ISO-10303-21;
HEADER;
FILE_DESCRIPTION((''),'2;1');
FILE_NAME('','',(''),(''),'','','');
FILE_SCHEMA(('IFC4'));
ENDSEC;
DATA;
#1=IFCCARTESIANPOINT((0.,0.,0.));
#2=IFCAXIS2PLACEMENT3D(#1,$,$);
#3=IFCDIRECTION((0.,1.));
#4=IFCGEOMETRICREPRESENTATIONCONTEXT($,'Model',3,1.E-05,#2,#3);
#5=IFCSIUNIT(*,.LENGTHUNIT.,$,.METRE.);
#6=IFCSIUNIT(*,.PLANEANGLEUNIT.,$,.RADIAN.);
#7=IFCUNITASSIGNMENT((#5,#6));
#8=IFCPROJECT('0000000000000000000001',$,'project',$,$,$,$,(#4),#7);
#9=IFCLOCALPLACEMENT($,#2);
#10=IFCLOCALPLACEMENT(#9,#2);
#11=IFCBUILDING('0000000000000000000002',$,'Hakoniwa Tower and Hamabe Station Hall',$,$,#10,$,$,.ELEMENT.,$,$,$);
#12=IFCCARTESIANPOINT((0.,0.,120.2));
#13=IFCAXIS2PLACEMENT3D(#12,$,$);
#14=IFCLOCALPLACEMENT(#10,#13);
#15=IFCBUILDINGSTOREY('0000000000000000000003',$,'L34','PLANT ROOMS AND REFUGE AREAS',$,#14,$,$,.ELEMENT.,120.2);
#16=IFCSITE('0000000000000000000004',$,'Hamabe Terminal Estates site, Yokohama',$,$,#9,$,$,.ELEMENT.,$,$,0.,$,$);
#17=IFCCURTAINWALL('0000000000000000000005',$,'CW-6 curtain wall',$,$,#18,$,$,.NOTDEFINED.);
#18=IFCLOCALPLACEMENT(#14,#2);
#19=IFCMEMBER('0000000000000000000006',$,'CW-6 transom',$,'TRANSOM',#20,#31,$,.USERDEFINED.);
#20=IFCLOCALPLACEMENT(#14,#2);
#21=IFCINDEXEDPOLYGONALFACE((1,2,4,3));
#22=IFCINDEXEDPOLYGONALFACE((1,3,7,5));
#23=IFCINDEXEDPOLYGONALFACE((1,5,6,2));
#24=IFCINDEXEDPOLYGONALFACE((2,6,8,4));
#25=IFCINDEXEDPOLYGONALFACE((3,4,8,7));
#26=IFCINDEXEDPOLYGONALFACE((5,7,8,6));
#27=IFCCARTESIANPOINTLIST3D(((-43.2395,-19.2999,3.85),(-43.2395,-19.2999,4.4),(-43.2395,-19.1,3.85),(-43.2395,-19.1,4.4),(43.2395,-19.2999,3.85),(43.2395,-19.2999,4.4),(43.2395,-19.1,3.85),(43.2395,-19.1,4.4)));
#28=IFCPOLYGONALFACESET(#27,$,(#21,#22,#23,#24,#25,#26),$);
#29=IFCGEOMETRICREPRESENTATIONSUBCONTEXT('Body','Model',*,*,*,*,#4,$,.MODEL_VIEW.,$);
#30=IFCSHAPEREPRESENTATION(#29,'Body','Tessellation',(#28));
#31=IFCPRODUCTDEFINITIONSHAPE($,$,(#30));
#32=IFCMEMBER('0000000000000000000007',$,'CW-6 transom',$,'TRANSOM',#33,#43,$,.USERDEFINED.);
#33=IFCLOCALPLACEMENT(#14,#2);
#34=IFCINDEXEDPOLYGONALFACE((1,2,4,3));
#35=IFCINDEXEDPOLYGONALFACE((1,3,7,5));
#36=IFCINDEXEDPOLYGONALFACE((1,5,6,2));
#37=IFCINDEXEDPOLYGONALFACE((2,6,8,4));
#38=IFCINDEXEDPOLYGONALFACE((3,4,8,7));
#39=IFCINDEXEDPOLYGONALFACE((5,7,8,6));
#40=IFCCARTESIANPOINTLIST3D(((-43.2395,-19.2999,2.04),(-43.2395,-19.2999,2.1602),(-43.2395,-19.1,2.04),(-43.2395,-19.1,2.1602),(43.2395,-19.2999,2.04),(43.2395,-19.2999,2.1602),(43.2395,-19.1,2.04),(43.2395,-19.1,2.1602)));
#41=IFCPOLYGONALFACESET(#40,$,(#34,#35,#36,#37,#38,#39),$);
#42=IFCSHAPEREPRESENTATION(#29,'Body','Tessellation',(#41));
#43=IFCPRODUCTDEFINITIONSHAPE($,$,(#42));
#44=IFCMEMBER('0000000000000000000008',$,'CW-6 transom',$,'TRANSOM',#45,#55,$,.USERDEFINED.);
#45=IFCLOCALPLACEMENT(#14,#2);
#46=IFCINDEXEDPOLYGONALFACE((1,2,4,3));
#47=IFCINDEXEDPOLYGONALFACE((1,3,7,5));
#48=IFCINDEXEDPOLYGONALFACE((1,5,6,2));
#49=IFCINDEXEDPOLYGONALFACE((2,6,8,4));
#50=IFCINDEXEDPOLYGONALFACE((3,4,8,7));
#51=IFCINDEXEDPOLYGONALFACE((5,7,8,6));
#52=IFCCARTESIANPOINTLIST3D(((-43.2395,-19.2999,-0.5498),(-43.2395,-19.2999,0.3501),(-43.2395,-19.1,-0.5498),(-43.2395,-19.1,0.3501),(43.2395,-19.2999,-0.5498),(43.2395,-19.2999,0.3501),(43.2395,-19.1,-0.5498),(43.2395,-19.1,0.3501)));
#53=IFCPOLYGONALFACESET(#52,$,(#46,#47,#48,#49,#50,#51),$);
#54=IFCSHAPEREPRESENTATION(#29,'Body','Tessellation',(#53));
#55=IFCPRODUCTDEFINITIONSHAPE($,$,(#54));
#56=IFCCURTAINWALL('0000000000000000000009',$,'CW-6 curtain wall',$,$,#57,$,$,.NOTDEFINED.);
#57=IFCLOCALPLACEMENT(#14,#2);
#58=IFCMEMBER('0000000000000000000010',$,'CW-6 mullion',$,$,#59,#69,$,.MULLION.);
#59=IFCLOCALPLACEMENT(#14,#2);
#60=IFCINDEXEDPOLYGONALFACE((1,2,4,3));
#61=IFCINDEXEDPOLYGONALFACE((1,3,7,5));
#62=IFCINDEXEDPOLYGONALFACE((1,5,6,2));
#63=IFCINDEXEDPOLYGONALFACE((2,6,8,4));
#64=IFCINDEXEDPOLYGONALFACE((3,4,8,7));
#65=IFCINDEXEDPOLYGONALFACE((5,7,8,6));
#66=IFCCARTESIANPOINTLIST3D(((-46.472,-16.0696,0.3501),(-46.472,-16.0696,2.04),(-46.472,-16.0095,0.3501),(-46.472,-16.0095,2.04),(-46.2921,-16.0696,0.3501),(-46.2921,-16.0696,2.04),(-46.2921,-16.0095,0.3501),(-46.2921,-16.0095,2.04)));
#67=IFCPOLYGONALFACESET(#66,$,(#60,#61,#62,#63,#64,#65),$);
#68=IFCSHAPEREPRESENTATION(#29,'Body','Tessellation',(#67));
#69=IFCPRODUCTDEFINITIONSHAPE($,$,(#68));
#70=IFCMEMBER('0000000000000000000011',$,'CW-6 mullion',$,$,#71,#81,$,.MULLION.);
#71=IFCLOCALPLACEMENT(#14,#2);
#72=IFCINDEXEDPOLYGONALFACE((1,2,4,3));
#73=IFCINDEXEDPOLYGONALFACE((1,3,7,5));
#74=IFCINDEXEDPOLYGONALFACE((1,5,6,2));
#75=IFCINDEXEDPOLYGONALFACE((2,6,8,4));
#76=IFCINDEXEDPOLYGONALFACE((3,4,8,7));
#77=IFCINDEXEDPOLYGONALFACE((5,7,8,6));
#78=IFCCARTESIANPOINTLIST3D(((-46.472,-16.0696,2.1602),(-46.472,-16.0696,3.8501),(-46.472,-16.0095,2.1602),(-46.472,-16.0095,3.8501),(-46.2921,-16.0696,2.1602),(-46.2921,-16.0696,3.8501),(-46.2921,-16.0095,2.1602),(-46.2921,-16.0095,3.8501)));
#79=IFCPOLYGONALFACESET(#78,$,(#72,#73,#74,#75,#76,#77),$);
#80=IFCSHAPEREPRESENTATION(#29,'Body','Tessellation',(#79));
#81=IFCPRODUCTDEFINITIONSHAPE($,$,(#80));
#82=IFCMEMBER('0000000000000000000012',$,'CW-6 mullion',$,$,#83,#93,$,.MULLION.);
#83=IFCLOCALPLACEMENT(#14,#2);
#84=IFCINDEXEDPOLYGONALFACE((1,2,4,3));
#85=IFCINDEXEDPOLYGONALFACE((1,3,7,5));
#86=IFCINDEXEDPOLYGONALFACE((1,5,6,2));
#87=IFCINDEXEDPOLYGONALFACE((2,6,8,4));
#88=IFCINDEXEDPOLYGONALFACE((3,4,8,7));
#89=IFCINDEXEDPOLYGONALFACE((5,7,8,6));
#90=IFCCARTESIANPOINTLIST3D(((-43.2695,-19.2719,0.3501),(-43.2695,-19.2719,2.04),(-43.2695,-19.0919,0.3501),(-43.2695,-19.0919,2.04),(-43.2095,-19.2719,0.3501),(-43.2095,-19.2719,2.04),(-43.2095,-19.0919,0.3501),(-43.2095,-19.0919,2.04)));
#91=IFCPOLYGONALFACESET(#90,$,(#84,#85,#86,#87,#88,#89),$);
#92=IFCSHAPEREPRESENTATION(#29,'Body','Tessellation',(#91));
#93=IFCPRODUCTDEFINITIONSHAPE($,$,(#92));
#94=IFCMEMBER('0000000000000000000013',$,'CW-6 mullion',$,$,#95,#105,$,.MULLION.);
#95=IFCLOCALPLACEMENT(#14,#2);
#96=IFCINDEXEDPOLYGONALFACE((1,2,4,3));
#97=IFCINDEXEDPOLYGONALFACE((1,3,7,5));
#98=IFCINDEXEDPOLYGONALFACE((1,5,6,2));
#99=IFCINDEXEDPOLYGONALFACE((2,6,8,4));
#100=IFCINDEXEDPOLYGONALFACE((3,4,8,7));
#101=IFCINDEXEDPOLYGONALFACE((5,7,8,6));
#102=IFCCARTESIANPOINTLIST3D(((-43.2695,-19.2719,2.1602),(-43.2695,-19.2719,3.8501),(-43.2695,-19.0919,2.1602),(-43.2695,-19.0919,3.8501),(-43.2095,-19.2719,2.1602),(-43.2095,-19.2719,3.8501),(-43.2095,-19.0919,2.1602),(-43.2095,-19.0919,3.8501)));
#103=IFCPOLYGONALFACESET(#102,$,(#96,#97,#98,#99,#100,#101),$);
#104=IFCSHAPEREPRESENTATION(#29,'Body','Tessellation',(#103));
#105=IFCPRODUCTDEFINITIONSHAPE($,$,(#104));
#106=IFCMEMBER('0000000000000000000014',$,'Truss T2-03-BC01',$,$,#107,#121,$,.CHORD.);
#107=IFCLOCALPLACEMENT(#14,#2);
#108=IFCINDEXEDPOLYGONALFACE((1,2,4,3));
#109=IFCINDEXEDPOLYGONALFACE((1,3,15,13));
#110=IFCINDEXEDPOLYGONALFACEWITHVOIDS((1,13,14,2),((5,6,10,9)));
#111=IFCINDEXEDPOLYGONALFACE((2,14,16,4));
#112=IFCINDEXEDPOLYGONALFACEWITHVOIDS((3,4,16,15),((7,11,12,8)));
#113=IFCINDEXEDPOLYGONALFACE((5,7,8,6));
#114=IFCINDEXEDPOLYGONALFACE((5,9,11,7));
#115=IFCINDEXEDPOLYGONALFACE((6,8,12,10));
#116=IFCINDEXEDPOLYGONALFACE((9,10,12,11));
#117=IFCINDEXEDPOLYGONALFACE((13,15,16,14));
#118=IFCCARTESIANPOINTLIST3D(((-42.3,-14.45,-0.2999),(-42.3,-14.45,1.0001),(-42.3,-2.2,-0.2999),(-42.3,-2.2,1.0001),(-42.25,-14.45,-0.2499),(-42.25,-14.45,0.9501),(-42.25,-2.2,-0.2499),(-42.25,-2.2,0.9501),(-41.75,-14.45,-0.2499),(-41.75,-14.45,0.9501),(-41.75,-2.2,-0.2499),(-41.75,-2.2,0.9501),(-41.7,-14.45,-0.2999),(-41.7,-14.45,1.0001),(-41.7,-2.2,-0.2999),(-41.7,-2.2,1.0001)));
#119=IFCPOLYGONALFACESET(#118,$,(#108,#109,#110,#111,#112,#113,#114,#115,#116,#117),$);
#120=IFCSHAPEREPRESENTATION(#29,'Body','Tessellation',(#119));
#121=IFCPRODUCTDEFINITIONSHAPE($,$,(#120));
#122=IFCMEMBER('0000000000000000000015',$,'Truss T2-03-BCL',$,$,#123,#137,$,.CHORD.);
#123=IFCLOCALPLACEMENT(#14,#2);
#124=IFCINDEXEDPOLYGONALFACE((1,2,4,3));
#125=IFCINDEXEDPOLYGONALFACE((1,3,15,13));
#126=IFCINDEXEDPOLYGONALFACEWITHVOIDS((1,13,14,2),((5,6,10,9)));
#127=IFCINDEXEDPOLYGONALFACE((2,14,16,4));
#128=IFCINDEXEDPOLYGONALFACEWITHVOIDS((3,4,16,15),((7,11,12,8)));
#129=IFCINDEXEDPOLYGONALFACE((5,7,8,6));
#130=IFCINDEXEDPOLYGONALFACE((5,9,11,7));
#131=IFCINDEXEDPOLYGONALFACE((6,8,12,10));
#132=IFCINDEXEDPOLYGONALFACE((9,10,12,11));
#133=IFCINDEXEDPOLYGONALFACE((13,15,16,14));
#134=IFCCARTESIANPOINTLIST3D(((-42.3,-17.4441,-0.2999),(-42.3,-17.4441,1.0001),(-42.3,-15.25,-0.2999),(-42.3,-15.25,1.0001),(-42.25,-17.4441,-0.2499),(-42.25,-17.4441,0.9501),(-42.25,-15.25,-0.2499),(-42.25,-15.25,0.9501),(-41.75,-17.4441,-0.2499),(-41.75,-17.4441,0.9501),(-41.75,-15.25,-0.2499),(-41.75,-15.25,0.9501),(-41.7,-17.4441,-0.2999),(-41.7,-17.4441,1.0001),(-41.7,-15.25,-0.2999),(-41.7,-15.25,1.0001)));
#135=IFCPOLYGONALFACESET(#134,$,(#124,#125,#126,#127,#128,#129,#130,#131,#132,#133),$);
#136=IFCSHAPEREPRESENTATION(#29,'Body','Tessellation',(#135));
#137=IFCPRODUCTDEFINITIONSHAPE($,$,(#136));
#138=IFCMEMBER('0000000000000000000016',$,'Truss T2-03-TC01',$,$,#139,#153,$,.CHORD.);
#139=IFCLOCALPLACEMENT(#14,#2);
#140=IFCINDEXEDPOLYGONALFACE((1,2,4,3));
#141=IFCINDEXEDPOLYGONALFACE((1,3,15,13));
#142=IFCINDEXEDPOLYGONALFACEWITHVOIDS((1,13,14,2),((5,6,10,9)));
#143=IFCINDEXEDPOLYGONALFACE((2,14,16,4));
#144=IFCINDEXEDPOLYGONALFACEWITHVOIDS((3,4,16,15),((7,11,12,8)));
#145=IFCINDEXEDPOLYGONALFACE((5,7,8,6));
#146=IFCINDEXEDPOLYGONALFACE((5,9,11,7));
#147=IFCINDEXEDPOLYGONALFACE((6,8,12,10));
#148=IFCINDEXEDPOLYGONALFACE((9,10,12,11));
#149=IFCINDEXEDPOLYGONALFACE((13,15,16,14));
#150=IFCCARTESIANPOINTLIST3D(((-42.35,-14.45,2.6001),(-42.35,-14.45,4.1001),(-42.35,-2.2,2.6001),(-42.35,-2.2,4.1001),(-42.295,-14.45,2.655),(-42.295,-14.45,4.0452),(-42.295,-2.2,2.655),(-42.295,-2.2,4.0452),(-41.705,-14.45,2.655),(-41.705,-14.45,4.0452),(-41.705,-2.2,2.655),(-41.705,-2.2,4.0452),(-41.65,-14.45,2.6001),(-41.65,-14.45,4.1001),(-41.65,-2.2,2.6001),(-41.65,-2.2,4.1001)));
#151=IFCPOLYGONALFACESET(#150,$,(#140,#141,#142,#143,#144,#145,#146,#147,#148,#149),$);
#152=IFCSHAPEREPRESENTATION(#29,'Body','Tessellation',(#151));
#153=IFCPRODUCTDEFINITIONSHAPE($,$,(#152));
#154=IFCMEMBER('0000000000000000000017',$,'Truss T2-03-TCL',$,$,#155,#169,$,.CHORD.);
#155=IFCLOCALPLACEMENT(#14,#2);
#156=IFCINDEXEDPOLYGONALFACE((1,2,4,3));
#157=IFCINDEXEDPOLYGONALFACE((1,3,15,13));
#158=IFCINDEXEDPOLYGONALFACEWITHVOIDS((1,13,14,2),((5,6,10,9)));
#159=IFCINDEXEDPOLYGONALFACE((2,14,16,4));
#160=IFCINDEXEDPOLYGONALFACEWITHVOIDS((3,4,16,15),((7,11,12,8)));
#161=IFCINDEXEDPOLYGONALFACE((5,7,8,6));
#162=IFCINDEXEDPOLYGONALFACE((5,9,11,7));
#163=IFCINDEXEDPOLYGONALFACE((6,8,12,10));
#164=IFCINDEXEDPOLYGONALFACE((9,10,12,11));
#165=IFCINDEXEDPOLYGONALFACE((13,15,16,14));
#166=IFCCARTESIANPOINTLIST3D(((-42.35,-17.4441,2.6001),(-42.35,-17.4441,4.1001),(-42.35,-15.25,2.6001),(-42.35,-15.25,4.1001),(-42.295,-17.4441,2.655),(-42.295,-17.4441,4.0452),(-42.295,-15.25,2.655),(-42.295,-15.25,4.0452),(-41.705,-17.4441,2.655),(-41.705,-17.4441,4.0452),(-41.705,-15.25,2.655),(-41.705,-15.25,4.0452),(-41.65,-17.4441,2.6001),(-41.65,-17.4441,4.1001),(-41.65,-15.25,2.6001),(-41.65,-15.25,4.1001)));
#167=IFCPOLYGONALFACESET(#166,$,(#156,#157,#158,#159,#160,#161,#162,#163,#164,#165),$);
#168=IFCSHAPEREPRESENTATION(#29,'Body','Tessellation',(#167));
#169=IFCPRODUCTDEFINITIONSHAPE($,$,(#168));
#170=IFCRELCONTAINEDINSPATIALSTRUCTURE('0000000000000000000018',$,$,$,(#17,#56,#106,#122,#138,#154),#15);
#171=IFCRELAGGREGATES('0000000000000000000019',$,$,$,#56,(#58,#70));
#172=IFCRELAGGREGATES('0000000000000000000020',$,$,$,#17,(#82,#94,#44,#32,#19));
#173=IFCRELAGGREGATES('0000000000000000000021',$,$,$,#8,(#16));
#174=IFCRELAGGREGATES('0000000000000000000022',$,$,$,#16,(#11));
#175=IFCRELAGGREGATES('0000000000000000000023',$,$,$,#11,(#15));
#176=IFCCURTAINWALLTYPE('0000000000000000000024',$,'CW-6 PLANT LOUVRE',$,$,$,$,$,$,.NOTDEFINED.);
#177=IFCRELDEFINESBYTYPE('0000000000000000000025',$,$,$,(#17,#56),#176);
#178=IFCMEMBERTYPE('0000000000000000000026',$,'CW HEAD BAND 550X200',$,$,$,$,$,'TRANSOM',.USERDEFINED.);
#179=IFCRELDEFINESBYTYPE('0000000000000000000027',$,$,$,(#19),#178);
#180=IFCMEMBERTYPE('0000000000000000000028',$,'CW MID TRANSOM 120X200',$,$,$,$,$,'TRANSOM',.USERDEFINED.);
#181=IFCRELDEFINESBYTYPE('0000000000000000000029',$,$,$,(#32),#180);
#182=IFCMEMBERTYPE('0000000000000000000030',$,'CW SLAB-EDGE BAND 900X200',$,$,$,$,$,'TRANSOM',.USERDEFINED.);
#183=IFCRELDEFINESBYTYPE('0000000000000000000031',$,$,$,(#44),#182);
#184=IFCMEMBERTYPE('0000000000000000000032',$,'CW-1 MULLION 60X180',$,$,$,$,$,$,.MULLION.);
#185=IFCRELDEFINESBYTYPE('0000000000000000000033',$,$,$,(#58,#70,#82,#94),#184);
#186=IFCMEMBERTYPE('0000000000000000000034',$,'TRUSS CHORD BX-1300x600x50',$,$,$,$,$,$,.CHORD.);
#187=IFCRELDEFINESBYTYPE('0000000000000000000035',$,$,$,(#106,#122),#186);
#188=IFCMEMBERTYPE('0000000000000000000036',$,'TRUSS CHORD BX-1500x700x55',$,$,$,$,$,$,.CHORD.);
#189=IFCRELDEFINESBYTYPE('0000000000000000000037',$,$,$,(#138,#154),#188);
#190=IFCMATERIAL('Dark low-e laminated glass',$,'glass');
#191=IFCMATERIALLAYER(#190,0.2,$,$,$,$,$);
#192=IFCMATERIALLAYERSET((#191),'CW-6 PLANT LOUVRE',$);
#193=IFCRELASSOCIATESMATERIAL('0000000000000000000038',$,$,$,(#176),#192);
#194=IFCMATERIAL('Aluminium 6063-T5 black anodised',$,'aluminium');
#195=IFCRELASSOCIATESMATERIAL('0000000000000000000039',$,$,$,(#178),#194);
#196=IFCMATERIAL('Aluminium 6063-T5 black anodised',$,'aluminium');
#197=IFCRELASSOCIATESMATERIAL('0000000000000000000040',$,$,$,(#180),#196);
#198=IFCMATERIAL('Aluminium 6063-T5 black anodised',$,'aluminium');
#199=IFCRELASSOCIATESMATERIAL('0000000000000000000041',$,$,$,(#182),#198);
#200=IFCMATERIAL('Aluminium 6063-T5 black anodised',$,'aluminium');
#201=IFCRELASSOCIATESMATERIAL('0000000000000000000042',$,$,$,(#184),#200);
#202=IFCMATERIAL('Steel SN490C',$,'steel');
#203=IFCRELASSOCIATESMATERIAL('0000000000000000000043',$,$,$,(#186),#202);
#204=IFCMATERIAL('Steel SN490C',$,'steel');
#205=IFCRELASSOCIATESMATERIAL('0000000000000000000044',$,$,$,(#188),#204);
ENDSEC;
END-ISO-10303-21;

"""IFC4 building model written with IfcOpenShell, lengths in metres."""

from ifc_helpers import new_model, si_unit, direction, frame, origin, origin_2d, place, context, subcontext, project, spatial, rectangle, hollow_rectangle, extrude, material, layer, layer_set, material_profile, profile_set, type_object, element, aggregate, save


model = new_model("IFC4")

# Units and contexts
model_context = context("Model", 3, precision=1e-05, world=origin(), true_north=direction((0.0, 1.0)))
body_context = subcontext(model_context, "Body", "Model", "MODEL_VIEW")
ifc_project = project(units=[si_unit("LENGTHUNIT", "METRE"), si_unit("PLANEANGLEUNIT", "RADIAN")], contexts=[model_context])

# Site, building, storey
site_placement = place(None, origin())
site = spatial("IfcSite", under=ifc_project, at=site_placement, Name="Hamabe Terminal Estates site, Yokohama", CompositionType="ELEMENT", RefElevation=0.0)
building_placement = place(site_placement, origin())
building = spatial("IfcBuilding", under=site, at=building_placement, Name="Hakoniwa Tower and Hamabe Station Hall", CompositionType="ELEMENT")
storey_placement = place(building_placement, frame((0.0, 0.0, 120.2)))
storey = spatial("IfcBuildingStorey", under=building, at=storey_placement, Name="L34", Description="PLANT ROOMS AND REFUGE AREAS", CompositionType="ELEMENT", Elevation=120.2)

# Curtain walls, members
ifc_material_1 = material(Name="Dark low-e laminated glass", Category="glass")
ifc_layer_1 = layer(ifc_material_1, 0.2)
ifc_layer_set_1 = layer_set([ifc_layer_1], Name="CW-6 PLANT LOUVRE")
curtain_wall_type = type_object("IfcCurtainWallType", Name="CW-6 PLANT LOUVRE", PredefinedType="NOTDEFINED", material=ifc_layer_set_1)
curtain_wall_1_placement = place(storey_placement, origin())
curtain_wall_1 = element("IfcCurtainWall", 1, at=curtain_wall_1_placement, inside=storey, type_object=curtain_wall_type, Name="CW-6 curtain wall", PredefinedType="NOTDEFINED")
ifc_material_2 = material(Name="Aluminium 6063-T5 black anodised", Category="aluminium")
ifc_material_profile_1 = material_profile(ifc_material_2, rectangle(XDim=0.2, YDim=0.55, at=origin_2d()), Name="CW HEAD BAND 550X200")
ifc_profile_set_1 = profile_set([ifc_material_profile_1], Name="Aluminium 6063-T5 black anodised")
member_type_1 = type_object("IfcMemberType", Name="CW HEAD BAND 550X200", ElementType="TRANSOM", PredefinedType="USERDEFINED", material=ifc_profile_set_1)
member_1_placement = place(storey_placement, frame((-43.2395, -19.2, 4.125), z_axis=(1.0, 0.0, 0.0), x_axis=(0.0, 1.0, 0.0)))
member_1 = element("IfcMember", 2, at=member_1_placement, type_object=member_type_1, Name="CW-6 transom", ObjectType="TRANSOM", PredefinedType="USERDEFINED", context=body_context, shape_type="SweptSolid", body=[
    extrude(rectangle(XDim=0.2, YDim=0.55, at=origin_2d()), origin(), (0.0, 0.0, 1.0), 86.479),
])
ifc_material_3 = material(Name="Aluminium 6063-T5 black anodised", Category="aluminium")
ifc_material_profile_2 = material_profile(ifc_material_3, rectangle(XDim=0.2, YDim=0.1201, at=origin_2d()), Name="CW MID TRANSOM 120X200")
ifc_profile_set_2 = profile_set([ifc_material_profile_2], Name="Aluminium 6063-T5 black anodised")
member_type_2 = type_object("IfcMemberType", Name="CW MID TRANSOM 120X200", ElementType="TRANSOM", PredefinedType="USERDEFINED", material=ifc_profile_set_2)
member_2_placement = place(storey_placement, frame((-43.2395, -19.2, 2.1001), z_axis=(1.0, 0.0, 0.0), x_axis=(0.0, 1.0, 0.0)))
member_2 = element("IfcMember", 3, at=member_2_placement, type_object=member_type_2, Name="CW-6 transom", ObjectType="TRANSOM", PredefinedType="USERDEFINED", context=body_context, shape_type="SweptSolid", body=[
    extrude(rectangle(XDim=0.2, YDim=0.1201, at=origin_2d()), origin(), (0.0, 0.0, 1.0), 86.479),
])
ifc_material_4 = material(Name="Aluminium 6063-T5 black anodised", Category="aluminium")
ifc_material_profile_3 = material_profile(ifc_material_4, rectangle(XDim=0.2, YDim=0.8999, at=origin_2d()), Name="CW SLAB-EDGE BAND 900X200")
ifc_profile_set_3 = profile_set([ifc_material_profile_3], Name="Aluminium 6063-T5 black anodised")
member_type_3 = type_object("IfcMemberType", Name="CW SLAB-EDGE BAND 900X200", ElementType="TRANSOM", PredefinedType="USERDEFINED", material=ifc_profile_set_3)
member_3_placement = place(storey_placement, frame((-43.2395, -19.2, -0.0999), z_axis=(1.0, 0.0, 0.0), x_axis=(0.0, 1.0, 0.0)))
member_3 = element("IfcMember", 4, at=member_3_placement, type_object=member_type_3, Name="CW-6 transom", ObjectType="TRANSOM", PredefinedType="USERDEFINED", context=body_context, shape_type="SweptSolid", body=[
    extrude(rectangle(XDim=0.2, YDim=0.8999, at=origin_2d()), origin(), (0.0, 0.0, 1.0), 86.479),
])
curtain_wall_2_placement = place(storey_placement, origin())
curtain_wall_2 = element("IfcCurtainWall", 5, at=curtain_wall_2_placement, inside=storey, type_object=curtain_wall_type, Name="CW-6 curtain wall", PredefinedType="NOTDEFINED")
ifc_material_5 = material(Name="Aluminium 6063-T5 black anodised", Category="aluminium")
ifc_material_profile_4 = material_profile(ifc_material_5, rectangle(XDim=0.0601, YDim=0.1799, at=origin_2d()), Name="CW-1 MULLION 60X180")
ifc_profile_set_4 = profile_set([ifc_material_profile_4], Name="Aluminium 6063-T5 black anodised")
member_type_4 = type_object("IfcMemberType", Name="CW-1 MULLION 60X180", PredefinedType="MULLION", material=ifc_profile_set_4)
member_4_placement = place(storey_placement, frame((-46.3821, -16.0396, 0.3501), z_axis=(0.0, 0.0, 1.0), x_axis=(0.0, -1.0, 0.0)))
member_4 = element("IfcMember", 6, at=member_4_placement, type_object=member_type_4, Name="CW-6 mullion", PredefinedType="MULLION", context=body_context, shape_type="SweptSolid", body=[
    extrude(rectangle(XDim=0.0601, YDim=0.1799, at=origin_2d()), origin(), (0.0, 0.0, 1.0), 1.6899),
])
member_5_placement = place(storey_placement, frame((-46.3821, -16.0396, 2.1602), z_axis=(0.0, 0.0, 1.0), x_axis=(0.0, -1.0, 0.0)))
member_5 = element("IfcMember", 7, at=member_5_placement, type_object=member_type_4, Name="CW-6 mullion", PredefinedType="MULLION", context=body_context, shape_type="SweptSolid", body=[
    extrude(rectangle(XDim=0.0601, YDim=0.1799, at=origin_2d()), origin(), (0.0, 0.0, 1.0), 1.6899),
])
aggregate(curtain_wall_2, [member_4, member_5])

# Members
member_6_placement = place(storey_placement, frame((-43.2395, -19.1819, 0.3501), z_axis=(0.0, 0.0, 1.0), x_axis=(1.0, 0.0, 0.0)))
member_6 = element("IfcMember", 8, at=member_6_placement, type_object=member_type_4, Name="CW-6 mullion", PredefinedType="MULLION", context=body_context, shape_type="SweptSolid", body=[
    extrude(rectangle(XDim=0.0601, YDim=0.1799, at=origin_2d()), origin(), (0.0, 0.0, 1.0), 1.6899),
])
member_7_placement = place(storey_placement, frame((-43.2395, -19.1819, 2.1602), z_axis=(0.0, 0.0, 1.0), x_axis=(1.0, 0.0, 0.0)))
member_7 = element("IfcMember", 9, at=member_7_placement, type_object=member_type_4, Name="CW-6 mullion", PredefinedType="MULLION", context=body_context, shape_type="SweptSolid", body=[
    extrude(rectangle(XDim=0.0601, YDim=0.1799, at=origin_2d()), origin(), (0.0, 0.0, 1.0), 1.6899),
])

# Members
ifc_material_6 = material(Name="Steel SN490C", Category="steel")
ifc_material_profile_5 = material_profile(ifc_material_6, hollow_rectangle(XDim=0.6001, YDim=1.3, WallThickness=0.05, at=origin_2d()), Name="BX-1300x600x50")
ifc_profile_set_5 = profile_set([ifc_material_profile_5], Name="Steel SN490C")
member_type_5 = type_object("IfcMemberType", Name="TRUSS CHORD BX-1300x600x50", PredefinedType="CHORD", material=ifc_profile_set_5)
member_8_placement = place(storey_placement, frame((-42.0, -14.45, 0.3501), z_axis=(0.0, 1.0, 0.0), x_axis=(-1.0, 0.0, 0.0)))
element("IfcMember", 10, at=member_8_placement, inside=storey, type_object=member_type_5, Name="Truss T2-03-BC01", PredefinedType="CHORD", context=body_context, shape_type="SweptSolid", body=[
    extrude(hollow_rectangle(XDim=0.6001, YDim=1.3, WallThickness=0.05, at=origin_2d()), origin(), (0.0, 0.0, 1.0), 12.25),
])
member_9_placement = place(storey_placement, frame((-42.0, -17.4441, 0.3501), z_axis=(0.0, 1.0, 0.0), x_axis=(-1.0, 0.0, 0.0)))
element("IfcMember", 11, at=member_9_placement, inside=storey, type_object=member_type_5, Name="Truss T2-03-BCL", PredefinedType="CHORD", context=body_context, shape_type="SweptSolid", body=[
    extrude(hollow_rectangle(XDim=0.6001, YDim=1.3, WallThickness=0.05, at=origin_2d()), origin(), (0.0, 0.0, 1.0), 2.1941),
])
ifc_material_7 = material(Name="Steel SN490C", Category="steel")
ifc_material_profile_6 = material_profile(ifc_material_7, hollow_rectangle(XDim=0.7, YDim=1.5, WallThickness=0.0549, at=origin_2d()), Name="BX-1500x700x55")
ifc_profile_set_6 = profile_set([ifc_material_profile_6], Name="Steel SN490C")
member_type_6 = type_object("IfcMemberType", Name="TRUSS CHORD BX-1500x700x55", PredefinedType="CHORD", material=ifc_profile_set_6)
member_10_placement = place(storey_placement, frame((-42.0, -14.45, 3.3501), z_axis=(0.0, 1.0, 0.0), x_axis=(-1.0, 0.0, 0.0)))
element("IfcMember", 12, at=member_10_placement, inside=storey, type_object=member_type_6, Name="Truss T2-03-TC01", PredefinedType="CHORD", context=body_context, shape_type="SweptSolid", body=[
    extrude(hollow_rectangle(XDim=0.7, YDim=1.5, WallThickness=0.0549, at=origin_2d()), origin(), (0.0, 0.0, 1.0), 12.25),
])
member_11_placement = place(storey_placement, frame((-42.0, -17.4441, 3.3501), z_axis=(0.0, 1.0, 0.0), x_axis=(-1.0, 0.0, 0.0)))
element("IfcMember", 13, at=member_11_placement, inside=storey, type_object=member_type_6, Name="Truss T2-03-TCL", PredefinedType="CHORD", context=body_context, shape_type="SweptSolid", body=[
    extrude(hollow_rectangle(XDim=0.7, YDim=1.5, WallThickness=0.0549, at=origin_2d()), origin(), (0.0, 0.0, 1.0), 2.1941),
])

aggregate(curtain_wall_1, [member_6, member_7, member_3, member_2, member_1])

save(model, "model.ifc")
